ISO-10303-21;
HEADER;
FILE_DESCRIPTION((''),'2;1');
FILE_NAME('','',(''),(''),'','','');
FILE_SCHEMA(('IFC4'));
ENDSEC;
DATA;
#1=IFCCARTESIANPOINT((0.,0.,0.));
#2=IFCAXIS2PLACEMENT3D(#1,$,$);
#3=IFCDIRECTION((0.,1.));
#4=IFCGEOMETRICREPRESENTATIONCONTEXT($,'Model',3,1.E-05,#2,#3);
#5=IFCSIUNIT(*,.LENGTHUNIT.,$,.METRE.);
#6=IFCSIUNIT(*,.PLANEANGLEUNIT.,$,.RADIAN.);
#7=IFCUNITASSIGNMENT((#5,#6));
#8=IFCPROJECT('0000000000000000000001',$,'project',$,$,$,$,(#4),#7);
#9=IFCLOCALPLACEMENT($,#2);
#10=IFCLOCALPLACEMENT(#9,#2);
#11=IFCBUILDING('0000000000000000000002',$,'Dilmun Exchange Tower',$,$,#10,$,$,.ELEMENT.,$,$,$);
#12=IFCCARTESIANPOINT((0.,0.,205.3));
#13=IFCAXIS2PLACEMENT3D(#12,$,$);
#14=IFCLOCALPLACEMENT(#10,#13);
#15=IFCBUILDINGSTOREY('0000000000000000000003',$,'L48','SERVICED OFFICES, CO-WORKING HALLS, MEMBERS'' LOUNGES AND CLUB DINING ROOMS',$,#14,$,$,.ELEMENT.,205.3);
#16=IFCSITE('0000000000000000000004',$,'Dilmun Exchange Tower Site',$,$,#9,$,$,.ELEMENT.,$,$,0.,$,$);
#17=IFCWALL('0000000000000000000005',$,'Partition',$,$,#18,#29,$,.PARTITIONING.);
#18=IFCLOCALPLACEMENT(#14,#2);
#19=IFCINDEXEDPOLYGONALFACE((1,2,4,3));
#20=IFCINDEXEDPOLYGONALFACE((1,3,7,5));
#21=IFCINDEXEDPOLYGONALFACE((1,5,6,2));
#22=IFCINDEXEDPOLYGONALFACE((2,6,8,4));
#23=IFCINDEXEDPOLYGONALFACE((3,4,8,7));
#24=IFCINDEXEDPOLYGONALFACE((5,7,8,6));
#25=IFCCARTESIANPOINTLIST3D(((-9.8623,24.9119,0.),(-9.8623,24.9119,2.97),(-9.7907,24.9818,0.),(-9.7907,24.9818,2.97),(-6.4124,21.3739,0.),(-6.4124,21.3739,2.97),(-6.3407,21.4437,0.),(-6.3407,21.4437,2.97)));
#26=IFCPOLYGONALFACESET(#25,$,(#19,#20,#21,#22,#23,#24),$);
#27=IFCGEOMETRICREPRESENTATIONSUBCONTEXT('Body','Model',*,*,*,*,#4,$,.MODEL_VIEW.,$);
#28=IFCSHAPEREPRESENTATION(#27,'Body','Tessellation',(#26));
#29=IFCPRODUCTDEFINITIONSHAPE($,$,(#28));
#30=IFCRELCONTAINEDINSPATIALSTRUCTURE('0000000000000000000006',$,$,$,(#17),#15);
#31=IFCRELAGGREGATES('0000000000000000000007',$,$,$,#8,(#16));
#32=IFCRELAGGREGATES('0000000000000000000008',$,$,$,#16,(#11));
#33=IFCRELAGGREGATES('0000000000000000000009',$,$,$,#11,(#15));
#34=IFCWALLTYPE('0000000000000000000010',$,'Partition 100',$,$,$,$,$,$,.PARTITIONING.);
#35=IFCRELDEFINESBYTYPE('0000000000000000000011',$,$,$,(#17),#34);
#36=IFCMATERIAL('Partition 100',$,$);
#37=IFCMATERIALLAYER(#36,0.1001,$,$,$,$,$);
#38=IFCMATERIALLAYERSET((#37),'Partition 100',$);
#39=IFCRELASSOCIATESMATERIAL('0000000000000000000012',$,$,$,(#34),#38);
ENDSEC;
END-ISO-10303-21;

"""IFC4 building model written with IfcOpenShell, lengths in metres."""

from ifc_helpers import new_model, si_unit, direction, frame, frame_2d, origin, place, context, subcontext, project, spatial, rectangle, extrude, material, layer, layer_set, type_object, element, save


model = new_model("IFC4")

# Units and contexts
model_context = context("Model", 3, precision=1e-05, world=origin(), true_north=direction((0.0, 1.0)))
body_context = subcontext(model_context, "Body", "Model", "MODEL_VIEW")
ifc_project = project(units=[si_unit("LENGTHUNIT", "METRE"), si_unit("PLANEANGLEUNIT", "RADIAN")], contexts=[model_context])

# Site, building, storey
site_placement = place(None, origin())
site = spatial("IfcSite", under=ifc_project, at=site_placement, Name="Dilmun Exchange Tower Site", CompositionType="ELEMENT", RefElevation=0.0)
building_placement = place(site_placement, origin())
building = spatial("IfcBuilding", under=site, at=building_placement, Name="Dilmun Exchange Tower", CompositionType="ELEMENT")
storey_placement = place(building_placement, frame((0.0, 0.0, 205.3)))
storey = spatial("IfcBuildingStorey", under=building, at=storey_placement, Name="L48", Description="SERVICED OFFICES, CO-WORKING HALLS, MEMBERS' LOUNGES AND CLUB DINING ROOMS", CompositionType="ELEMENT", Elevation=205.3)

# Wall
ifc_material_1 = material(Name="Partition 100")
ifc_layer_1 = layer(ifc_material_1, 0.1001)
ifc_layer_set_1 = layer_set([ifc_layer_1], Name="Partition 100")
wall_type_1 = type_object("IfcWallType", Name="Partition 100", PredefinedType="PARTITIONING", material=ifc_layer_set_1)
wall_1_placement = place(storey_placement, frame((-9.8264, 24.9468, 0.0), z_axis=(0.0, 0.0, 1.0), x_axis=(0.698133, -0.715968, 0.0)))
element("IfcWall", 1, at=wall_1_placement, inside=storey, type_object=wall_type_1, Name="Partition", PredefinedType="PARTITIONING", context=body_context, shape_type="SweptSolid", body=[
    extrude(rectangle(XDim=4.9417, YDim=0.1001, at=frame_2d((2.4707, 0.0))), origin(), (0.0, 0.0, 1.0), 2.97),
])

save(model, "model.ifc")
